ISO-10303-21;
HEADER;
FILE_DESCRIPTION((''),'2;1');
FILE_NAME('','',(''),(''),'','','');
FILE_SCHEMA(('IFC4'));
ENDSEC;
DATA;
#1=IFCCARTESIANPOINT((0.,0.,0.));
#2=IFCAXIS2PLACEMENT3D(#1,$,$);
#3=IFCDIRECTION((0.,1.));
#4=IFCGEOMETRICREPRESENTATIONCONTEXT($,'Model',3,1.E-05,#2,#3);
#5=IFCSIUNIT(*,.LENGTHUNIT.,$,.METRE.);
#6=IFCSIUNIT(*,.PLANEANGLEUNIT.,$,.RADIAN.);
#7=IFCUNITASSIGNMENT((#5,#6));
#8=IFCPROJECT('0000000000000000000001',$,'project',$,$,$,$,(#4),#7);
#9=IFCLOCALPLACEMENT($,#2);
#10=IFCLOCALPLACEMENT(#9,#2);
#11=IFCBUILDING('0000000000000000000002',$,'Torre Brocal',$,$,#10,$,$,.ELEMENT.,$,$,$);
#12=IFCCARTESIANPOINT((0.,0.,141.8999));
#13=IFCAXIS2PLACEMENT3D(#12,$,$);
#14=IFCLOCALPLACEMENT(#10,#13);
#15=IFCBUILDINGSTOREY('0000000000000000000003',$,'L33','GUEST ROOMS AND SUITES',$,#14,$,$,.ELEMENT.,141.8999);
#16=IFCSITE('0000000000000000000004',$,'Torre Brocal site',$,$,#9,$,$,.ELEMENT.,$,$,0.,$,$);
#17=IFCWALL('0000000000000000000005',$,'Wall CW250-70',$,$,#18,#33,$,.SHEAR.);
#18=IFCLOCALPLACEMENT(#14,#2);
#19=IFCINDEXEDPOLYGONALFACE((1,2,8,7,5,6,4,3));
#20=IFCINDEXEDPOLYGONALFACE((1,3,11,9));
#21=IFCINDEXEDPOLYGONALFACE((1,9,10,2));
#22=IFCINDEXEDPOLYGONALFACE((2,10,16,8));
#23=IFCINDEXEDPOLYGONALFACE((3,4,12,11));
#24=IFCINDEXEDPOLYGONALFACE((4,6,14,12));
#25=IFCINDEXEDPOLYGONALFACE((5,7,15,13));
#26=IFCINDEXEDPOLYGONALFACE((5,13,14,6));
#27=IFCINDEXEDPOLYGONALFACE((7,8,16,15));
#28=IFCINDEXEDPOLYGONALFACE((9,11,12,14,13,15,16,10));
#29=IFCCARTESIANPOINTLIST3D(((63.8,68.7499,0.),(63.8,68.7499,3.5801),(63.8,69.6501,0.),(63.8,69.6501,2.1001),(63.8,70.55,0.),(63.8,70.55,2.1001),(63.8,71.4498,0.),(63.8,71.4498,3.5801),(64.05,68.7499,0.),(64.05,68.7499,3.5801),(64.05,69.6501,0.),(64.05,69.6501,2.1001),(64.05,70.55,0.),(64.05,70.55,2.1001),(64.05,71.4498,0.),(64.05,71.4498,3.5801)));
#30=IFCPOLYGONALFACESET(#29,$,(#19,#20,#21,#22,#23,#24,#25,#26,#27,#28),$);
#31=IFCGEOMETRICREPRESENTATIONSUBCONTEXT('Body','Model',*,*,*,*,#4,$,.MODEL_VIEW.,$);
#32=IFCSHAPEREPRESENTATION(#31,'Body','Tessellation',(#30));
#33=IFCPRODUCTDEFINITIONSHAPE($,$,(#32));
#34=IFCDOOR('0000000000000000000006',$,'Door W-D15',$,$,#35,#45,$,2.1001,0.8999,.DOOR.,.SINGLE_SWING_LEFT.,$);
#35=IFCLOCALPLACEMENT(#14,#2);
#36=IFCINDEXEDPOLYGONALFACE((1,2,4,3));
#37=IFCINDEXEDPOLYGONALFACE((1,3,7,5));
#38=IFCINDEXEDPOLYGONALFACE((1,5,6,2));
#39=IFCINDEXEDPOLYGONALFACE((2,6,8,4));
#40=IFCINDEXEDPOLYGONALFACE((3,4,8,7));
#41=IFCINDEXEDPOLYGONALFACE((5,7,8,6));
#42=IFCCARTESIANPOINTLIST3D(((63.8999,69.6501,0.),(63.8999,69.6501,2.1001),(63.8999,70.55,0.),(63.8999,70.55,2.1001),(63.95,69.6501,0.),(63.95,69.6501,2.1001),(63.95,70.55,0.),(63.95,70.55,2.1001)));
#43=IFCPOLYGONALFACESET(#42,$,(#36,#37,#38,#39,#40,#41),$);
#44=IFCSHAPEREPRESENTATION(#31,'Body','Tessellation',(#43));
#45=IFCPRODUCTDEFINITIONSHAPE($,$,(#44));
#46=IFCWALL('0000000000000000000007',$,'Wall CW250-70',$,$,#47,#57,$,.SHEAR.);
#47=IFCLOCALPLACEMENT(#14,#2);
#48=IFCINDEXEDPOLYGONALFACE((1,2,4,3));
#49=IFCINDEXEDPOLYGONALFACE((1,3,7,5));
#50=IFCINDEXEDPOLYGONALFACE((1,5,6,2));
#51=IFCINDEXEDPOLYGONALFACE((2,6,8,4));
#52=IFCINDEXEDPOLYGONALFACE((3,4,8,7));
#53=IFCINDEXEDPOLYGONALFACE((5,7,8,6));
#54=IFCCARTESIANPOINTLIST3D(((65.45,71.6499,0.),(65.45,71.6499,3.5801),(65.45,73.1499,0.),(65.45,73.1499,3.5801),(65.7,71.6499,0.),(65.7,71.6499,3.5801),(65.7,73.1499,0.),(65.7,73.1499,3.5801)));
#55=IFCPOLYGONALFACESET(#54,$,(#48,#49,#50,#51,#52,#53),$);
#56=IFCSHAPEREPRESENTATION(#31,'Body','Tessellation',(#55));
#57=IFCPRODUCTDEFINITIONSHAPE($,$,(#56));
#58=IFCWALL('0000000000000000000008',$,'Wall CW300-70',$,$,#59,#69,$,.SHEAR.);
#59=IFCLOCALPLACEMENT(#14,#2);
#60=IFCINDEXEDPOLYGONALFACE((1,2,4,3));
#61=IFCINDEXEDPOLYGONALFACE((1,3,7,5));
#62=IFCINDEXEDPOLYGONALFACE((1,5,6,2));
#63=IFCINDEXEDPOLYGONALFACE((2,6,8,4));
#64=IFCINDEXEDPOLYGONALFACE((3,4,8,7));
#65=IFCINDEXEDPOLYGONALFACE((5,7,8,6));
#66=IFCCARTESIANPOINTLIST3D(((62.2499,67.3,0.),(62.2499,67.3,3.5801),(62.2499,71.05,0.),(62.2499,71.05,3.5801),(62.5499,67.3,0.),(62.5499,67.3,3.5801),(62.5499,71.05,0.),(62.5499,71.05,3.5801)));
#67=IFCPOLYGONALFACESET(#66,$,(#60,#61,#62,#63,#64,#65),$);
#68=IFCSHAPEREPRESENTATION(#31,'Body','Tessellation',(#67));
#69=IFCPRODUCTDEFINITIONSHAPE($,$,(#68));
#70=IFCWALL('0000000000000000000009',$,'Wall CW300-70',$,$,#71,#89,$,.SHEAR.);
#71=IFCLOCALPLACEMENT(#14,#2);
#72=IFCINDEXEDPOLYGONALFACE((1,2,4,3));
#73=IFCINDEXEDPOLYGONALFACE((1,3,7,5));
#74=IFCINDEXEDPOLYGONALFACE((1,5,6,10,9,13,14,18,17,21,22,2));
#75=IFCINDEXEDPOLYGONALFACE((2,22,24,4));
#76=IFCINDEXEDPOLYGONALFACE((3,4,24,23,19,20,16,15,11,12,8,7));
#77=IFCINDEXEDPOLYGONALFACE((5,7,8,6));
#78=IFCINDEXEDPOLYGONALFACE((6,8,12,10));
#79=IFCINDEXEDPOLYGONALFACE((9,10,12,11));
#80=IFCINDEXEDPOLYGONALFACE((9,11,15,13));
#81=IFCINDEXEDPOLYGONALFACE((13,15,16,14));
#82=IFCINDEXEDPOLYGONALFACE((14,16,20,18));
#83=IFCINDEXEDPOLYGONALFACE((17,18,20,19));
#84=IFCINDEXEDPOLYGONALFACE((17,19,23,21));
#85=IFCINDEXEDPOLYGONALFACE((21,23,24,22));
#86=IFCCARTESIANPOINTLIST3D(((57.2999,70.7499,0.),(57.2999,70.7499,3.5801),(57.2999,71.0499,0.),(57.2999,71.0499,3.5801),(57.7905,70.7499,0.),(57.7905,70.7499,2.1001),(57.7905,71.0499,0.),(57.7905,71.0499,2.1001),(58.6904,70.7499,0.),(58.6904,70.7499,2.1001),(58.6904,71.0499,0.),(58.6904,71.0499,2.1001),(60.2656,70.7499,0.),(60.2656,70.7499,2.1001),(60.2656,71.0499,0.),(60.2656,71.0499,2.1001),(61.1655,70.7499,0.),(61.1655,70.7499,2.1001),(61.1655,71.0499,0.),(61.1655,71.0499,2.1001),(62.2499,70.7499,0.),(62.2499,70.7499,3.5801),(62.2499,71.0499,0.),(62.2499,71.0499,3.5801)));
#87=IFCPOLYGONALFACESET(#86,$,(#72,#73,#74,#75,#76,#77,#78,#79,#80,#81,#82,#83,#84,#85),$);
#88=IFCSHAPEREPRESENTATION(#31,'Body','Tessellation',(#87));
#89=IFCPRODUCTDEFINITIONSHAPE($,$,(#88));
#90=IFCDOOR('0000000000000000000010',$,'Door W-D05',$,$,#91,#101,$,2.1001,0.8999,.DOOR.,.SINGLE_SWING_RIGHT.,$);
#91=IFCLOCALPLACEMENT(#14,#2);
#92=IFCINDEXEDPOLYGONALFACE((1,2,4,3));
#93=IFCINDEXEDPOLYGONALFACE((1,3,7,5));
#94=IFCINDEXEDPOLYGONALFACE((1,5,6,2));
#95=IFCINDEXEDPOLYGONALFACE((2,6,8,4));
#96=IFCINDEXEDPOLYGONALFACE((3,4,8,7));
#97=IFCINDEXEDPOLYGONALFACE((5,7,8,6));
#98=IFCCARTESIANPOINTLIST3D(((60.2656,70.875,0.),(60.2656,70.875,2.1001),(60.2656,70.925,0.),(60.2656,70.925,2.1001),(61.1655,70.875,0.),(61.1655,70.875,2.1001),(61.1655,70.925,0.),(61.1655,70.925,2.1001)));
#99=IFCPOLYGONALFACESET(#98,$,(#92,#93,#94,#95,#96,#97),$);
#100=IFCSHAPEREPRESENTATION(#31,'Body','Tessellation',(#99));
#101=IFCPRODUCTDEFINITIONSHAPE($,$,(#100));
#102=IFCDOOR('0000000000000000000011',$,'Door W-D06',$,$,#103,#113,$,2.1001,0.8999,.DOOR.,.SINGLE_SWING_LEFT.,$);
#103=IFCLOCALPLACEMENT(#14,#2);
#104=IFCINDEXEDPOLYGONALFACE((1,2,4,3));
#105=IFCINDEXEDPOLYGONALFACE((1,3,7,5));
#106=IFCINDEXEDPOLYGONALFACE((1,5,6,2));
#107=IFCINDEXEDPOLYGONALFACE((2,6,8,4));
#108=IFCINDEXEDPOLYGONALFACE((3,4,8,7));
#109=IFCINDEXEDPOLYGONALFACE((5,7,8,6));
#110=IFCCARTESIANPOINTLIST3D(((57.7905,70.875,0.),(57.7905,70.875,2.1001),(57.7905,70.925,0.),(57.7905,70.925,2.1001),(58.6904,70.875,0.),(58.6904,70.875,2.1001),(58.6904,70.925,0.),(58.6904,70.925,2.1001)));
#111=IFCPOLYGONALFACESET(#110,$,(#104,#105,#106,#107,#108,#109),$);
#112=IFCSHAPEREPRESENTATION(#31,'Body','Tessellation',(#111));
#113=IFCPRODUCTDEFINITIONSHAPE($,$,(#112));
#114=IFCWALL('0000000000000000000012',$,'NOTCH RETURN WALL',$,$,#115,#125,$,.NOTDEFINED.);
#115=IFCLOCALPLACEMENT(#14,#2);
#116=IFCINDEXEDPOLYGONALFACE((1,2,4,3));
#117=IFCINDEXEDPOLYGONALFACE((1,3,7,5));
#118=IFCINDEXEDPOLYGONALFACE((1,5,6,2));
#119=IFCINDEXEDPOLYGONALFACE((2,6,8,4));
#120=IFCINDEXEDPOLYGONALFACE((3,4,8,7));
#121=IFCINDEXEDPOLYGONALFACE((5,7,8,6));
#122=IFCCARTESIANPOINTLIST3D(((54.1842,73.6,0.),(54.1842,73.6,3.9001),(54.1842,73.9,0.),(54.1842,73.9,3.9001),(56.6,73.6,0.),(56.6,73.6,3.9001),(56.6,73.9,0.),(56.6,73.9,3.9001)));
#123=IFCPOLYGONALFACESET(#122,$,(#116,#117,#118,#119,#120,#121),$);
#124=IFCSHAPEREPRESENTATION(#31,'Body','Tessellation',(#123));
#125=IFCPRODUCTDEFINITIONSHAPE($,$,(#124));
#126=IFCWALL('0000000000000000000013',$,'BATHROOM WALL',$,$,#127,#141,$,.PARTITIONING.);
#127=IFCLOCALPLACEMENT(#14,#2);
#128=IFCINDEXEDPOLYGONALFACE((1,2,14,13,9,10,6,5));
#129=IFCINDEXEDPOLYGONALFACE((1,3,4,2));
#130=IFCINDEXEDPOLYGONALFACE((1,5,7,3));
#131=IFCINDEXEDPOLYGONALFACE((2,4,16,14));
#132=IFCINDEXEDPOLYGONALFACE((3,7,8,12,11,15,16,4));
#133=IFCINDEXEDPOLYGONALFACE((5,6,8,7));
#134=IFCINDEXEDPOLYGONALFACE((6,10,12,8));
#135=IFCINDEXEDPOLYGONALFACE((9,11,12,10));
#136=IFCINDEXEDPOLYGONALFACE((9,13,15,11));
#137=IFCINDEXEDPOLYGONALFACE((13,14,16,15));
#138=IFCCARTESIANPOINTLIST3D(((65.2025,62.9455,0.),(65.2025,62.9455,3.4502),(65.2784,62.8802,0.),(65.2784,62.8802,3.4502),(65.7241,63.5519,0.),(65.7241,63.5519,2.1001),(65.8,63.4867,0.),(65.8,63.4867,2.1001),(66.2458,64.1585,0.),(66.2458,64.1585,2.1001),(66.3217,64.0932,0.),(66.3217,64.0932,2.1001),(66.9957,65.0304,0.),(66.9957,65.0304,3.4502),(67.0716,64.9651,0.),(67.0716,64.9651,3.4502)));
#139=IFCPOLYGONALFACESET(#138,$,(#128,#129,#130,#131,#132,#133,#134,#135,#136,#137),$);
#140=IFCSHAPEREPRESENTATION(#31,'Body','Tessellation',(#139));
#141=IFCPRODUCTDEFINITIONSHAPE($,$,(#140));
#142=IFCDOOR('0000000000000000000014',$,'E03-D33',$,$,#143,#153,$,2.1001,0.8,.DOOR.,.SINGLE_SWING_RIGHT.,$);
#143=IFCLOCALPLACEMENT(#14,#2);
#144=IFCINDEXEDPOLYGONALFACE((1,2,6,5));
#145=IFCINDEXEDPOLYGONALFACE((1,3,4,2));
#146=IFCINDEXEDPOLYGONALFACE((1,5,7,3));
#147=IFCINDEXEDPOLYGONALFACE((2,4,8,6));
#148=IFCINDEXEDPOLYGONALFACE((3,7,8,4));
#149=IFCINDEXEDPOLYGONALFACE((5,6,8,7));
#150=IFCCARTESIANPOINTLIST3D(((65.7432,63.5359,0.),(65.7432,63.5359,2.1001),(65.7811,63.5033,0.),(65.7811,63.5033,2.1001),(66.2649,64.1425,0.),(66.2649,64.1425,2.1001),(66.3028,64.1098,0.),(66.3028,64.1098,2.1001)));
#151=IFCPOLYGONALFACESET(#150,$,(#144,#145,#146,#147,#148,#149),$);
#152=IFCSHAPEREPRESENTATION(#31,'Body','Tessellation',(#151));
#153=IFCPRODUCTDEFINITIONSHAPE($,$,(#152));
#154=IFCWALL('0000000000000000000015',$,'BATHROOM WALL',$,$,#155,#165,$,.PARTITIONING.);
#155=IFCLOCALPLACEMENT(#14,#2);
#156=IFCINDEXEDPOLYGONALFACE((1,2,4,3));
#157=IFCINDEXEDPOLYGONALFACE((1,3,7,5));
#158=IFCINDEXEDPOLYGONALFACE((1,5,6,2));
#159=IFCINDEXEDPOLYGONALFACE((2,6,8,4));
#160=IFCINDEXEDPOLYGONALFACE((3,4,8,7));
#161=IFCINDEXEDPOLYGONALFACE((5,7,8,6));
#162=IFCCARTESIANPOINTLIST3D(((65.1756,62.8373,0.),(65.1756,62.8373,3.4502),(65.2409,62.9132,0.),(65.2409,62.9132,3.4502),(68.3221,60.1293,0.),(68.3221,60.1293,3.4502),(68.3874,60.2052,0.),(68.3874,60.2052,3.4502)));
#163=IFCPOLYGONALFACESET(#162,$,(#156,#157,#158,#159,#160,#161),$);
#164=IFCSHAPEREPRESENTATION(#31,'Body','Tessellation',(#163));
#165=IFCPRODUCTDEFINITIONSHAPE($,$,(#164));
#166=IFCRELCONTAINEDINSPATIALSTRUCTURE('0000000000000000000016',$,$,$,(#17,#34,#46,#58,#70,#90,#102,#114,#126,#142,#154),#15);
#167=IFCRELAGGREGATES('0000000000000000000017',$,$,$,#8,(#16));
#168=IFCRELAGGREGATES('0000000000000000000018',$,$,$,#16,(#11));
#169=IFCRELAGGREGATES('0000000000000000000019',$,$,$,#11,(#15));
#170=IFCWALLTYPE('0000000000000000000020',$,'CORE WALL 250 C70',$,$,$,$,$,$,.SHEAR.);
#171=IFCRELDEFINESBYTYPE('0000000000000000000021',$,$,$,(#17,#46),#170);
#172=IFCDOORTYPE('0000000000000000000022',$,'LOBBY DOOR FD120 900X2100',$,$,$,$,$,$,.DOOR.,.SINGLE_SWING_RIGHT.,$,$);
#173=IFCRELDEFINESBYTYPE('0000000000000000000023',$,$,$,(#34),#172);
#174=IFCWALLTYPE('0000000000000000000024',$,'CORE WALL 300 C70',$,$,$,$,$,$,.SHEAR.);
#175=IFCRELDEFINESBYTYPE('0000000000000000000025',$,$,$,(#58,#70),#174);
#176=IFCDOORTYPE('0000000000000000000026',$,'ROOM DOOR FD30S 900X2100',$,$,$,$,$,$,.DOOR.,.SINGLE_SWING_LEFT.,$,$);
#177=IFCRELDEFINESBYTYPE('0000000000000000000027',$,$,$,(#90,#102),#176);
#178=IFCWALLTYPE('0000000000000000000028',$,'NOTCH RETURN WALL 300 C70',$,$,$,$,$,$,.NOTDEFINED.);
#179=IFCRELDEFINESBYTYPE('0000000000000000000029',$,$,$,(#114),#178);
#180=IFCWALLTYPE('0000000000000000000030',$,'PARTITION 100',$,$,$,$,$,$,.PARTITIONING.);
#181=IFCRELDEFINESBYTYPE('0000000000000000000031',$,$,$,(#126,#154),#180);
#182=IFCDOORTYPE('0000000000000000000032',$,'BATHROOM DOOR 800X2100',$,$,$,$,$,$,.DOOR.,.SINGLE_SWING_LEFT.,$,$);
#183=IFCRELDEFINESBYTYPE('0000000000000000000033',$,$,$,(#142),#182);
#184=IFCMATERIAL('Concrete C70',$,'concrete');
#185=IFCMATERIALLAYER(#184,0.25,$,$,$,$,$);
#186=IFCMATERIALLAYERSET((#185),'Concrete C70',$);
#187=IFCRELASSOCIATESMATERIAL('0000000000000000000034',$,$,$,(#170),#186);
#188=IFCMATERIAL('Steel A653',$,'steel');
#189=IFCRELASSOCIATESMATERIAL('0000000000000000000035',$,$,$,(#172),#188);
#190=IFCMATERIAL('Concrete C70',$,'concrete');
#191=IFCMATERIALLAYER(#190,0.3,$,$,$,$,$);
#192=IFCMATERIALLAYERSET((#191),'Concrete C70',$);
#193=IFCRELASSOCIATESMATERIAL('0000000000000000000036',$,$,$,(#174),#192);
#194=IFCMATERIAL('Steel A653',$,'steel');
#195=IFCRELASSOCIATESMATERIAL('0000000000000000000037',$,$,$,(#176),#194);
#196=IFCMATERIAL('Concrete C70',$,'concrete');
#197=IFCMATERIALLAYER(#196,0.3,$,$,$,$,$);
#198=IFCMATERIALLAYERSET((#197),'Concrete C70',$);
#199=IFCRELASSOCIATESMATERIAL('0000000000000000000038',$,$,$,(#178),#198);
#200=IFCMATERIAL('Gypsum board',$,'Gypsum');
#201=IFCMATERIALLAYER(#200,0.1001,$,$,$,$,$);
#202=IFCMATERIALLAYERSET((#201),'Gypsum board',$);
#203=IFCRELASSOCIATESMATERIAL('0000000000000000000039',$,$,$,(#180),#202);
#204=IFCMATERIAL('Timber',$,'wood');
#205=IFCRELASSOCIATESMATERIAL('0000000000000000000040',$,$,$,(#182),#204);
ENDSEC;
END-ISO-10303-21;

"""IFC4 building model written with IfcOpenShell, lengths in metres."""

from ifc_helpers import new_model, si_unit, direction, frame, frame_2d, origin, place, context, subcontext, project, spatial, rectangle, extrude, material, layer, layer_set, type_object, element, fill, save


model = new_model("IFC4")

# Units and contexts
model_context = context("Model", 3, precision=1e-05, world=origin(), true_north=direction((0.0, 1.0)))
body_context = subcontext(model_context, "Body", "Model", "MODEL_VIEW")
ifc_project = project(units=[si_unit("LENGTHUNIT", "METRE"), si_unit("PLANEANGLEUNIT", "RADIAN")], contexts=[model_context])

# Site, building, storey
site_placement = place(None, origin())
site = spatial("IfcSite", under=ifc_project, at=site_placement, Name="Torre Brocal site", CompositionType="ELEMENT", RefElevation=0.0)
building_placement = place(site_placement, origin())
building = spatial("IfcBuilding", under=site, at=building_placement, Name="Torre Brocal", CompositionType="ELEMENT")
storey_placement = place(building_placement, frame((0.0, 0.0, 141.8999)))
storey = spatial("IfcBuildingStorey", under=building, at=storey_placement, Name="L33", Description="GUEST ROOMS AND SUITES", CompositionType="ELEMENT", Elevation=141.8999)

# Wall, opening, door
ifc_material_1 = material(Name="Concrete C70", Category="concrete")
ifc_layer_1 = layer(ifc_material_1, 0.25)
ifc_layer_set_1 = layer_set([ifc_layer_1], Name="Concrete C70")
wall_type_1 = type_object("IfcWallType", Name="CORE WALL 250 C70", PredefinedType="SHEAR", material=ifc_layer_set_1)
wall_1_placement = place(storey_placement, frame((63.925, 71.45, 0.0), z_axis=(0.0, 0.0, 1.0), x_axis=(0.0, -1.0, 0.0)))
wall_1 = element("IfcWall", 1, at=wall_1_placement, inside=storey, type_object=wall_type_1, Name="Wall CW250-70", PredefinedType="SHEAR", context=body_context, shape_type="SweptSolid", body=[
    extrude(rectangle(XDim=2.7, YDim=0.25, at=frame_2d((1.3501, 0.0))), origin(), (0.0, 0.0, 1.0), 3.5801),
])
opening_1_placement = place(wall_1_placement, frame((0.8999, 0.0, 0.0)))
opening_1 = element("IfcOpeningElement", 2, at=opening_1_placement, cuts=wall_1, PredefinedType="OPENING", context=body_context, shape_type="SweptSolid", body=[
    extrude(rectangle(XDim=0.8999, YDim=2.1001, at=frame_2d((0.45, 1.05))), frame((0.0, 0.135, 0.0), z_axis=(0.0, -1.0, 0.0), x_axis=(1.0, 0.0, 0.0)), (0.0, 0.0, 1.0), 0.27),
])
ifc_material_2 = material(Name="Steel A653", Category="steel")
door_type_1 = type_object("IfcDoorType", Name="LOBBY DOOR FD120 900X2100", OperationType="SINGLE_SWING_RIGHT", PredefinedType="DOOR", material=ifc_material_2)
door_1_placement = place(opening_1_placement, origin())
door_1 = element("IfcDoor", 3, at=door_1_placement, inside=storey, type_object=door_type_1, Name="Door W-D15", OperationType="SINGLE_SWING_LEFT", OverallHeight=2.1001, OverallWidth=0.8999, PredefinedType="DOOR", context=body_context, shape_type="SweptSolid", body=[
    extrude(rectangle(XDim=0.8999, YDim=2.1001, at=frame_2d((0.45, 1.05))), frame((0.0, 0.0249, 0.0), z_axis=(0.0, -1.0, 0.0), x_axis=(1.0, 0.0, 0.0)), (0.0, 0.0, 1.0), 0.05),
])
fill(opening_1, door_1)

# Walls
wall_2_placement = place(storey_placement, frame((65.575, 73.1499, 0.0), z_axis=(0.0, 0.0, 1.0), x_axis=(0.0, -1.0, 0.0)))
element("IfcWall", 4, at=wall_2_placement, inside=storey, type_object=wall_type_1, Name="Wall CW250-70", PredefinedType="SHEAR", context=body_context, shape_type="SweptSolid", body=[
    extrude(rectangle(XDim=1.5, YDim=0.25, at=frame_2d((0.75, 0.0))), origin(), (0.0, 0.0, 1.0), 3.5801),
])
ifc_material_3 = material(Name="Concrete C70", Category="concrete")
ifc_layer_2 = layer(ifc_material_3, 0.3)
ifc_layer_set_2 = layer_set([ifc_layer_2], Name="Concrete C70")
wall_type_2 = type_object("IfcWallType", Name="CORE WALL 300 C70", PredefinedType="SHEAR", material=ifc_layer_set_2)
wall_3_placement = place(storey_placement, frame((62.3999, 71.05, 0.0), z_axis=(0.0, 0.0, 1.0), x_axis=(0.0, -1.0, 0.0)))
element("IfcWall", 5, at=wall_3_placement, inside=storey, type_object=wall_type_2, Name="Wall CW300-70", PredefinedType="SHEAR", context=body_context, shape_type="SweptSolid", body=[
    extrude(rectangle(XDim=3.75, YDim=0.3, at=frame_2d((1.875, 0.0))), origin(), (0.0, 0.0, 1.0), 3.5801),
])

# Wall, openings, doors
wall_4_placement = place(storey_placement, frame((62.25, 70.8999, 0.0), z_axis=(0.0, 0.0, 1.0), x_axis=(-1.0, 0.0, 0.0)))
wall_4 = element("IfcWall", 6, at=wall_4_placement, inside=storey, type_object=wall_type_2, Name="Wall CW300-70", PredefinedType="SHEAR", context=body_context, shape_type="SweptSolid", body=[
    extrude(rectangle(XDim=4.95, YDim=0.3, at=frame_2d((2.4751, 0.0))), origin(), (0.0, 0.0, 1.0), 3.5801),
])
opening_2_placement = place(wall_4_placement, frame((1.0845, 0.0, 0.0)))
opening_2 = element("IfcOpeningElement", 7, at=opening_2_placement, cuts=wall_4, PredefinedType="OPENING", context=body_context, shape_type="SweptSolid", body=[
    extrude(rectangle(XDim=0.8999, YDim=2.1001, at=frame_2d((0.45, 1.05))), frame((0.0, 0.1599, 0.0), z_axis=(0.0, -1.0, 0.0), x_axis=(1.0, 0.0, 0.0)), (0.0, 0.0, 1.0), 0.3201),
])
opening_3_placement = place(wall_4_placement, frame((3.5596, 0.0, 0.0)))
opening_3 = element("IfcOpeningElement", 8, at=opening_3_placement, cuts=wall_4, PredefinedType="OPENING", context=body_context, shape_type="SweptSolid", body=[
    extrude(rectangle(XDim=0.8999, YDim=2.1001, at=frame_2d((0.45, 1.05))), frame((0.0, 0.1599, 0.0), z_axis=(0.0, -1.0, 0.0), x_axis=(1.0, 0.0, 0.0)), (0.0, 0.0, 1.0), 0.3201),
])
ifc_material_4 = material(Name="Steel A653", Category="steel")
door_type_2 = type_object("IfcDoorType", Name="ROOM DOOR FD30S 900X2100", OperationType="SINGLE_SWING_LEFT", PredefinedType="DOOR", material=ifc_material_4)
door_2_placement = place(opening_2_placement, origin())
door_2 = element("IfcDoor", 9, at=door_2_placement, inside=storey, type_object=door_type_2, Name="Door W-D05", OperationType="SINGLE_SWING_RIGHT", OverallHeight=2.1001, OverallWidth=0.8999, PredefinedType="DOOR", context=body_context, shape_type="SweptSolid", body=[
    extrude(rectangle(XDim=0.8999, YDim=2.1001, at=frame_2d((0.45, 1.05))), frame((0.0, 0.0249, 0.0), z_axis=(0.0, -1.0, 0.0), x_axis=(1.0, 0.0, 0.0)), (0.0, 0.0, 1.0), 0.05),
])
fill(opening_2, door_2)
door_3_placement = place(opening_3_placement, origin())
door_3 = element("IfcDoor", 10, at=door_3_placement, inside=storey, type_object=door_type_2, Name="Door W-D06", OperationType="SINGLE_SWING_LEFT", OverallHeight=2.1001, OverallWidth=0.8999, PredefinedType="DOOR", context=body_context, shape_type="SweptSolid", body=[
    extrude(rectangle(XDim=0.8999, YDim=2.1001, at=frame_2d((0.45, 1.05))), frame((0.0, 0.0249, 0.0), z_axis=(0.0, -1.0, 0.0), x_axis=(1.0, 0.0, 0.0)), (0.0, 0.0, 1.0), 0.05),
])
fill(opening_3, door_3)

# Wall
ifc_material_5 = material(Name="Concrete C70", Category="concrete")
ifc_layer_3 = layer(ifc_material_5, 0.3)
ifc_layer_set_3 = layer_set([ifc_layer_3], Name="Concrete C70")
wall_type_3 = type_object("IfcWallType", Name="NOTCH RETURN WALL 300 C70", PredefinedType="NOTDEFINED", material=ifc_layer_set_3)
wall_5_placement = place(storey_placement, frame((56.6001, 73.75, 0.0), z_axis=(0.0, 0.0, 1.0), x_axis=(-1.0, 0.0, 0.0)))
element("IfcWall", 11, at=wall_5_placement, inside=storey, type_object=wall_type_3, Name="NOTCH RETURN WALL", PredefinedType="NOTDEFINED", context=body_context, shape_type="SweptSolid", body=[
    extrude(rectangle(XDim=2.4158, YDim=0.3, at=frame_2d((1.208, 0.0))), origin(), (0.0, 0.0, 1.0), 3.9001),
])

# Wall, opening, door
ifc_material_6 = material(Name="Gypsum board", Category="Gypsum")
ifc_layer_4 = layer(ifc_material_6, 0.1001)
ifc_layer_set_4 = layer_set([ifc_layer_4], Name="Gypsum board")
wall_type_4 = type_object("IfcWallType", Name="PARTITION 100", PredefinedType="PARTITIONING", material=ifc_layer_set_4)
wall_6_placement = place(storey_placement, frame((65.2405, 62.9128, 0.0), z_axis=(0.0, 0.0, 1.0), x_axis=(0.65207, 0.758159, 0.0)))
wall_6 = element("IfcWall", 12, at=wall_6_placement, inside=storey, type_object=wall_type_4, Name="BATHROOM WALL", PredefinedType="PARTITIONING", context=body_context, shape_type="SweptSolid", body=[
    extrude(rectangle(XDim=2.75, YDim=0.1001, at=frame_2d((1.375, 0.0))), origin(), (0.0, 0.0, 1.0), 3.4502),
])
opening_4_placement = place(wall_6_placement, frame((0.8, 0.0, 0.0)))
opening_4 = element("IfcOpeningElement", 13, at=opening_4_placement, cuts=wall_6, PredefinedType="OPENING", context=body_context, shape_type="SweptSolid", body=[
    extrude(rectangle(XDim=0.8, YDim=2.1001, at=frame_2d((0.3999, 1.05))), frame((0.0, 0.0601, 0.0), z_axis=(0.0, -1.0, 0.0), x_axis=(1.0, 0.0, 0.0)), (0.0, 0.0, 1.0), 0.1201),
])
ifc_material_7 = material(Name="Timber", Category="wood")
door_type_3 = type_object("IfcDoorType", Name="BATHROOM DOOR 800X2100", OperationType="SINGLE_SWING_LEFT", PredefinedType="DOOR", material=ifc_material_7)
door_4_placement = place(opening_4_placement, frame((0.8, 0.0, 0.0), z_axis=(0.0, 0.0, 1.0), x_axis=(-1.0, 0.0, 0.0)))
door_4 = element("IfcDoor", 14, at=door_4_placement, inside=storey, type_object=door_type_3, Name="E03-D33", OperationType="SINGLE_SWING_RIGHT", OverallHeight=2.1001, OverallWidth=0.8, PredefinedType="DOOR", context=body_context, shape_type="SweptSolid", body=[
    extrude(rectangle(XDim=0.8, YDim=2.1001, at=frame_2d((0.3999, 1.05))), frame((0.0, 0.0249, 0.0), z_axis=(0.0, -1.0, 0.0), x_axis=(1.0, 0.0, 0.0)), (0.0, 0.0, 1.0), 0.05),
])
fill(opening_4, door_4)

# Wall
wall_7_placement = place(storey_placement, frame((65.2083, 62.8752, 0.0), z_axis=(0.0, 0.0, 1.0), x_axis=(0.757943, -0.65232, 0.0)))
element("IfcWall", 15, at=wall_7_placement, inside=storey, type_object=wall_type_4, Name="BATHROOM WALL", PredefinedType="PARTITIONING", context=body_context, shape_type="SweptSolid", body=[
    extrude(rectangle(XDim=4.1514, YDim=0.1001, at=frame_2d((2.0757, 0.0))), origin(), (0.0, 0.0, 1.0), 3.4502),
])

save(model, "model.ifc")
